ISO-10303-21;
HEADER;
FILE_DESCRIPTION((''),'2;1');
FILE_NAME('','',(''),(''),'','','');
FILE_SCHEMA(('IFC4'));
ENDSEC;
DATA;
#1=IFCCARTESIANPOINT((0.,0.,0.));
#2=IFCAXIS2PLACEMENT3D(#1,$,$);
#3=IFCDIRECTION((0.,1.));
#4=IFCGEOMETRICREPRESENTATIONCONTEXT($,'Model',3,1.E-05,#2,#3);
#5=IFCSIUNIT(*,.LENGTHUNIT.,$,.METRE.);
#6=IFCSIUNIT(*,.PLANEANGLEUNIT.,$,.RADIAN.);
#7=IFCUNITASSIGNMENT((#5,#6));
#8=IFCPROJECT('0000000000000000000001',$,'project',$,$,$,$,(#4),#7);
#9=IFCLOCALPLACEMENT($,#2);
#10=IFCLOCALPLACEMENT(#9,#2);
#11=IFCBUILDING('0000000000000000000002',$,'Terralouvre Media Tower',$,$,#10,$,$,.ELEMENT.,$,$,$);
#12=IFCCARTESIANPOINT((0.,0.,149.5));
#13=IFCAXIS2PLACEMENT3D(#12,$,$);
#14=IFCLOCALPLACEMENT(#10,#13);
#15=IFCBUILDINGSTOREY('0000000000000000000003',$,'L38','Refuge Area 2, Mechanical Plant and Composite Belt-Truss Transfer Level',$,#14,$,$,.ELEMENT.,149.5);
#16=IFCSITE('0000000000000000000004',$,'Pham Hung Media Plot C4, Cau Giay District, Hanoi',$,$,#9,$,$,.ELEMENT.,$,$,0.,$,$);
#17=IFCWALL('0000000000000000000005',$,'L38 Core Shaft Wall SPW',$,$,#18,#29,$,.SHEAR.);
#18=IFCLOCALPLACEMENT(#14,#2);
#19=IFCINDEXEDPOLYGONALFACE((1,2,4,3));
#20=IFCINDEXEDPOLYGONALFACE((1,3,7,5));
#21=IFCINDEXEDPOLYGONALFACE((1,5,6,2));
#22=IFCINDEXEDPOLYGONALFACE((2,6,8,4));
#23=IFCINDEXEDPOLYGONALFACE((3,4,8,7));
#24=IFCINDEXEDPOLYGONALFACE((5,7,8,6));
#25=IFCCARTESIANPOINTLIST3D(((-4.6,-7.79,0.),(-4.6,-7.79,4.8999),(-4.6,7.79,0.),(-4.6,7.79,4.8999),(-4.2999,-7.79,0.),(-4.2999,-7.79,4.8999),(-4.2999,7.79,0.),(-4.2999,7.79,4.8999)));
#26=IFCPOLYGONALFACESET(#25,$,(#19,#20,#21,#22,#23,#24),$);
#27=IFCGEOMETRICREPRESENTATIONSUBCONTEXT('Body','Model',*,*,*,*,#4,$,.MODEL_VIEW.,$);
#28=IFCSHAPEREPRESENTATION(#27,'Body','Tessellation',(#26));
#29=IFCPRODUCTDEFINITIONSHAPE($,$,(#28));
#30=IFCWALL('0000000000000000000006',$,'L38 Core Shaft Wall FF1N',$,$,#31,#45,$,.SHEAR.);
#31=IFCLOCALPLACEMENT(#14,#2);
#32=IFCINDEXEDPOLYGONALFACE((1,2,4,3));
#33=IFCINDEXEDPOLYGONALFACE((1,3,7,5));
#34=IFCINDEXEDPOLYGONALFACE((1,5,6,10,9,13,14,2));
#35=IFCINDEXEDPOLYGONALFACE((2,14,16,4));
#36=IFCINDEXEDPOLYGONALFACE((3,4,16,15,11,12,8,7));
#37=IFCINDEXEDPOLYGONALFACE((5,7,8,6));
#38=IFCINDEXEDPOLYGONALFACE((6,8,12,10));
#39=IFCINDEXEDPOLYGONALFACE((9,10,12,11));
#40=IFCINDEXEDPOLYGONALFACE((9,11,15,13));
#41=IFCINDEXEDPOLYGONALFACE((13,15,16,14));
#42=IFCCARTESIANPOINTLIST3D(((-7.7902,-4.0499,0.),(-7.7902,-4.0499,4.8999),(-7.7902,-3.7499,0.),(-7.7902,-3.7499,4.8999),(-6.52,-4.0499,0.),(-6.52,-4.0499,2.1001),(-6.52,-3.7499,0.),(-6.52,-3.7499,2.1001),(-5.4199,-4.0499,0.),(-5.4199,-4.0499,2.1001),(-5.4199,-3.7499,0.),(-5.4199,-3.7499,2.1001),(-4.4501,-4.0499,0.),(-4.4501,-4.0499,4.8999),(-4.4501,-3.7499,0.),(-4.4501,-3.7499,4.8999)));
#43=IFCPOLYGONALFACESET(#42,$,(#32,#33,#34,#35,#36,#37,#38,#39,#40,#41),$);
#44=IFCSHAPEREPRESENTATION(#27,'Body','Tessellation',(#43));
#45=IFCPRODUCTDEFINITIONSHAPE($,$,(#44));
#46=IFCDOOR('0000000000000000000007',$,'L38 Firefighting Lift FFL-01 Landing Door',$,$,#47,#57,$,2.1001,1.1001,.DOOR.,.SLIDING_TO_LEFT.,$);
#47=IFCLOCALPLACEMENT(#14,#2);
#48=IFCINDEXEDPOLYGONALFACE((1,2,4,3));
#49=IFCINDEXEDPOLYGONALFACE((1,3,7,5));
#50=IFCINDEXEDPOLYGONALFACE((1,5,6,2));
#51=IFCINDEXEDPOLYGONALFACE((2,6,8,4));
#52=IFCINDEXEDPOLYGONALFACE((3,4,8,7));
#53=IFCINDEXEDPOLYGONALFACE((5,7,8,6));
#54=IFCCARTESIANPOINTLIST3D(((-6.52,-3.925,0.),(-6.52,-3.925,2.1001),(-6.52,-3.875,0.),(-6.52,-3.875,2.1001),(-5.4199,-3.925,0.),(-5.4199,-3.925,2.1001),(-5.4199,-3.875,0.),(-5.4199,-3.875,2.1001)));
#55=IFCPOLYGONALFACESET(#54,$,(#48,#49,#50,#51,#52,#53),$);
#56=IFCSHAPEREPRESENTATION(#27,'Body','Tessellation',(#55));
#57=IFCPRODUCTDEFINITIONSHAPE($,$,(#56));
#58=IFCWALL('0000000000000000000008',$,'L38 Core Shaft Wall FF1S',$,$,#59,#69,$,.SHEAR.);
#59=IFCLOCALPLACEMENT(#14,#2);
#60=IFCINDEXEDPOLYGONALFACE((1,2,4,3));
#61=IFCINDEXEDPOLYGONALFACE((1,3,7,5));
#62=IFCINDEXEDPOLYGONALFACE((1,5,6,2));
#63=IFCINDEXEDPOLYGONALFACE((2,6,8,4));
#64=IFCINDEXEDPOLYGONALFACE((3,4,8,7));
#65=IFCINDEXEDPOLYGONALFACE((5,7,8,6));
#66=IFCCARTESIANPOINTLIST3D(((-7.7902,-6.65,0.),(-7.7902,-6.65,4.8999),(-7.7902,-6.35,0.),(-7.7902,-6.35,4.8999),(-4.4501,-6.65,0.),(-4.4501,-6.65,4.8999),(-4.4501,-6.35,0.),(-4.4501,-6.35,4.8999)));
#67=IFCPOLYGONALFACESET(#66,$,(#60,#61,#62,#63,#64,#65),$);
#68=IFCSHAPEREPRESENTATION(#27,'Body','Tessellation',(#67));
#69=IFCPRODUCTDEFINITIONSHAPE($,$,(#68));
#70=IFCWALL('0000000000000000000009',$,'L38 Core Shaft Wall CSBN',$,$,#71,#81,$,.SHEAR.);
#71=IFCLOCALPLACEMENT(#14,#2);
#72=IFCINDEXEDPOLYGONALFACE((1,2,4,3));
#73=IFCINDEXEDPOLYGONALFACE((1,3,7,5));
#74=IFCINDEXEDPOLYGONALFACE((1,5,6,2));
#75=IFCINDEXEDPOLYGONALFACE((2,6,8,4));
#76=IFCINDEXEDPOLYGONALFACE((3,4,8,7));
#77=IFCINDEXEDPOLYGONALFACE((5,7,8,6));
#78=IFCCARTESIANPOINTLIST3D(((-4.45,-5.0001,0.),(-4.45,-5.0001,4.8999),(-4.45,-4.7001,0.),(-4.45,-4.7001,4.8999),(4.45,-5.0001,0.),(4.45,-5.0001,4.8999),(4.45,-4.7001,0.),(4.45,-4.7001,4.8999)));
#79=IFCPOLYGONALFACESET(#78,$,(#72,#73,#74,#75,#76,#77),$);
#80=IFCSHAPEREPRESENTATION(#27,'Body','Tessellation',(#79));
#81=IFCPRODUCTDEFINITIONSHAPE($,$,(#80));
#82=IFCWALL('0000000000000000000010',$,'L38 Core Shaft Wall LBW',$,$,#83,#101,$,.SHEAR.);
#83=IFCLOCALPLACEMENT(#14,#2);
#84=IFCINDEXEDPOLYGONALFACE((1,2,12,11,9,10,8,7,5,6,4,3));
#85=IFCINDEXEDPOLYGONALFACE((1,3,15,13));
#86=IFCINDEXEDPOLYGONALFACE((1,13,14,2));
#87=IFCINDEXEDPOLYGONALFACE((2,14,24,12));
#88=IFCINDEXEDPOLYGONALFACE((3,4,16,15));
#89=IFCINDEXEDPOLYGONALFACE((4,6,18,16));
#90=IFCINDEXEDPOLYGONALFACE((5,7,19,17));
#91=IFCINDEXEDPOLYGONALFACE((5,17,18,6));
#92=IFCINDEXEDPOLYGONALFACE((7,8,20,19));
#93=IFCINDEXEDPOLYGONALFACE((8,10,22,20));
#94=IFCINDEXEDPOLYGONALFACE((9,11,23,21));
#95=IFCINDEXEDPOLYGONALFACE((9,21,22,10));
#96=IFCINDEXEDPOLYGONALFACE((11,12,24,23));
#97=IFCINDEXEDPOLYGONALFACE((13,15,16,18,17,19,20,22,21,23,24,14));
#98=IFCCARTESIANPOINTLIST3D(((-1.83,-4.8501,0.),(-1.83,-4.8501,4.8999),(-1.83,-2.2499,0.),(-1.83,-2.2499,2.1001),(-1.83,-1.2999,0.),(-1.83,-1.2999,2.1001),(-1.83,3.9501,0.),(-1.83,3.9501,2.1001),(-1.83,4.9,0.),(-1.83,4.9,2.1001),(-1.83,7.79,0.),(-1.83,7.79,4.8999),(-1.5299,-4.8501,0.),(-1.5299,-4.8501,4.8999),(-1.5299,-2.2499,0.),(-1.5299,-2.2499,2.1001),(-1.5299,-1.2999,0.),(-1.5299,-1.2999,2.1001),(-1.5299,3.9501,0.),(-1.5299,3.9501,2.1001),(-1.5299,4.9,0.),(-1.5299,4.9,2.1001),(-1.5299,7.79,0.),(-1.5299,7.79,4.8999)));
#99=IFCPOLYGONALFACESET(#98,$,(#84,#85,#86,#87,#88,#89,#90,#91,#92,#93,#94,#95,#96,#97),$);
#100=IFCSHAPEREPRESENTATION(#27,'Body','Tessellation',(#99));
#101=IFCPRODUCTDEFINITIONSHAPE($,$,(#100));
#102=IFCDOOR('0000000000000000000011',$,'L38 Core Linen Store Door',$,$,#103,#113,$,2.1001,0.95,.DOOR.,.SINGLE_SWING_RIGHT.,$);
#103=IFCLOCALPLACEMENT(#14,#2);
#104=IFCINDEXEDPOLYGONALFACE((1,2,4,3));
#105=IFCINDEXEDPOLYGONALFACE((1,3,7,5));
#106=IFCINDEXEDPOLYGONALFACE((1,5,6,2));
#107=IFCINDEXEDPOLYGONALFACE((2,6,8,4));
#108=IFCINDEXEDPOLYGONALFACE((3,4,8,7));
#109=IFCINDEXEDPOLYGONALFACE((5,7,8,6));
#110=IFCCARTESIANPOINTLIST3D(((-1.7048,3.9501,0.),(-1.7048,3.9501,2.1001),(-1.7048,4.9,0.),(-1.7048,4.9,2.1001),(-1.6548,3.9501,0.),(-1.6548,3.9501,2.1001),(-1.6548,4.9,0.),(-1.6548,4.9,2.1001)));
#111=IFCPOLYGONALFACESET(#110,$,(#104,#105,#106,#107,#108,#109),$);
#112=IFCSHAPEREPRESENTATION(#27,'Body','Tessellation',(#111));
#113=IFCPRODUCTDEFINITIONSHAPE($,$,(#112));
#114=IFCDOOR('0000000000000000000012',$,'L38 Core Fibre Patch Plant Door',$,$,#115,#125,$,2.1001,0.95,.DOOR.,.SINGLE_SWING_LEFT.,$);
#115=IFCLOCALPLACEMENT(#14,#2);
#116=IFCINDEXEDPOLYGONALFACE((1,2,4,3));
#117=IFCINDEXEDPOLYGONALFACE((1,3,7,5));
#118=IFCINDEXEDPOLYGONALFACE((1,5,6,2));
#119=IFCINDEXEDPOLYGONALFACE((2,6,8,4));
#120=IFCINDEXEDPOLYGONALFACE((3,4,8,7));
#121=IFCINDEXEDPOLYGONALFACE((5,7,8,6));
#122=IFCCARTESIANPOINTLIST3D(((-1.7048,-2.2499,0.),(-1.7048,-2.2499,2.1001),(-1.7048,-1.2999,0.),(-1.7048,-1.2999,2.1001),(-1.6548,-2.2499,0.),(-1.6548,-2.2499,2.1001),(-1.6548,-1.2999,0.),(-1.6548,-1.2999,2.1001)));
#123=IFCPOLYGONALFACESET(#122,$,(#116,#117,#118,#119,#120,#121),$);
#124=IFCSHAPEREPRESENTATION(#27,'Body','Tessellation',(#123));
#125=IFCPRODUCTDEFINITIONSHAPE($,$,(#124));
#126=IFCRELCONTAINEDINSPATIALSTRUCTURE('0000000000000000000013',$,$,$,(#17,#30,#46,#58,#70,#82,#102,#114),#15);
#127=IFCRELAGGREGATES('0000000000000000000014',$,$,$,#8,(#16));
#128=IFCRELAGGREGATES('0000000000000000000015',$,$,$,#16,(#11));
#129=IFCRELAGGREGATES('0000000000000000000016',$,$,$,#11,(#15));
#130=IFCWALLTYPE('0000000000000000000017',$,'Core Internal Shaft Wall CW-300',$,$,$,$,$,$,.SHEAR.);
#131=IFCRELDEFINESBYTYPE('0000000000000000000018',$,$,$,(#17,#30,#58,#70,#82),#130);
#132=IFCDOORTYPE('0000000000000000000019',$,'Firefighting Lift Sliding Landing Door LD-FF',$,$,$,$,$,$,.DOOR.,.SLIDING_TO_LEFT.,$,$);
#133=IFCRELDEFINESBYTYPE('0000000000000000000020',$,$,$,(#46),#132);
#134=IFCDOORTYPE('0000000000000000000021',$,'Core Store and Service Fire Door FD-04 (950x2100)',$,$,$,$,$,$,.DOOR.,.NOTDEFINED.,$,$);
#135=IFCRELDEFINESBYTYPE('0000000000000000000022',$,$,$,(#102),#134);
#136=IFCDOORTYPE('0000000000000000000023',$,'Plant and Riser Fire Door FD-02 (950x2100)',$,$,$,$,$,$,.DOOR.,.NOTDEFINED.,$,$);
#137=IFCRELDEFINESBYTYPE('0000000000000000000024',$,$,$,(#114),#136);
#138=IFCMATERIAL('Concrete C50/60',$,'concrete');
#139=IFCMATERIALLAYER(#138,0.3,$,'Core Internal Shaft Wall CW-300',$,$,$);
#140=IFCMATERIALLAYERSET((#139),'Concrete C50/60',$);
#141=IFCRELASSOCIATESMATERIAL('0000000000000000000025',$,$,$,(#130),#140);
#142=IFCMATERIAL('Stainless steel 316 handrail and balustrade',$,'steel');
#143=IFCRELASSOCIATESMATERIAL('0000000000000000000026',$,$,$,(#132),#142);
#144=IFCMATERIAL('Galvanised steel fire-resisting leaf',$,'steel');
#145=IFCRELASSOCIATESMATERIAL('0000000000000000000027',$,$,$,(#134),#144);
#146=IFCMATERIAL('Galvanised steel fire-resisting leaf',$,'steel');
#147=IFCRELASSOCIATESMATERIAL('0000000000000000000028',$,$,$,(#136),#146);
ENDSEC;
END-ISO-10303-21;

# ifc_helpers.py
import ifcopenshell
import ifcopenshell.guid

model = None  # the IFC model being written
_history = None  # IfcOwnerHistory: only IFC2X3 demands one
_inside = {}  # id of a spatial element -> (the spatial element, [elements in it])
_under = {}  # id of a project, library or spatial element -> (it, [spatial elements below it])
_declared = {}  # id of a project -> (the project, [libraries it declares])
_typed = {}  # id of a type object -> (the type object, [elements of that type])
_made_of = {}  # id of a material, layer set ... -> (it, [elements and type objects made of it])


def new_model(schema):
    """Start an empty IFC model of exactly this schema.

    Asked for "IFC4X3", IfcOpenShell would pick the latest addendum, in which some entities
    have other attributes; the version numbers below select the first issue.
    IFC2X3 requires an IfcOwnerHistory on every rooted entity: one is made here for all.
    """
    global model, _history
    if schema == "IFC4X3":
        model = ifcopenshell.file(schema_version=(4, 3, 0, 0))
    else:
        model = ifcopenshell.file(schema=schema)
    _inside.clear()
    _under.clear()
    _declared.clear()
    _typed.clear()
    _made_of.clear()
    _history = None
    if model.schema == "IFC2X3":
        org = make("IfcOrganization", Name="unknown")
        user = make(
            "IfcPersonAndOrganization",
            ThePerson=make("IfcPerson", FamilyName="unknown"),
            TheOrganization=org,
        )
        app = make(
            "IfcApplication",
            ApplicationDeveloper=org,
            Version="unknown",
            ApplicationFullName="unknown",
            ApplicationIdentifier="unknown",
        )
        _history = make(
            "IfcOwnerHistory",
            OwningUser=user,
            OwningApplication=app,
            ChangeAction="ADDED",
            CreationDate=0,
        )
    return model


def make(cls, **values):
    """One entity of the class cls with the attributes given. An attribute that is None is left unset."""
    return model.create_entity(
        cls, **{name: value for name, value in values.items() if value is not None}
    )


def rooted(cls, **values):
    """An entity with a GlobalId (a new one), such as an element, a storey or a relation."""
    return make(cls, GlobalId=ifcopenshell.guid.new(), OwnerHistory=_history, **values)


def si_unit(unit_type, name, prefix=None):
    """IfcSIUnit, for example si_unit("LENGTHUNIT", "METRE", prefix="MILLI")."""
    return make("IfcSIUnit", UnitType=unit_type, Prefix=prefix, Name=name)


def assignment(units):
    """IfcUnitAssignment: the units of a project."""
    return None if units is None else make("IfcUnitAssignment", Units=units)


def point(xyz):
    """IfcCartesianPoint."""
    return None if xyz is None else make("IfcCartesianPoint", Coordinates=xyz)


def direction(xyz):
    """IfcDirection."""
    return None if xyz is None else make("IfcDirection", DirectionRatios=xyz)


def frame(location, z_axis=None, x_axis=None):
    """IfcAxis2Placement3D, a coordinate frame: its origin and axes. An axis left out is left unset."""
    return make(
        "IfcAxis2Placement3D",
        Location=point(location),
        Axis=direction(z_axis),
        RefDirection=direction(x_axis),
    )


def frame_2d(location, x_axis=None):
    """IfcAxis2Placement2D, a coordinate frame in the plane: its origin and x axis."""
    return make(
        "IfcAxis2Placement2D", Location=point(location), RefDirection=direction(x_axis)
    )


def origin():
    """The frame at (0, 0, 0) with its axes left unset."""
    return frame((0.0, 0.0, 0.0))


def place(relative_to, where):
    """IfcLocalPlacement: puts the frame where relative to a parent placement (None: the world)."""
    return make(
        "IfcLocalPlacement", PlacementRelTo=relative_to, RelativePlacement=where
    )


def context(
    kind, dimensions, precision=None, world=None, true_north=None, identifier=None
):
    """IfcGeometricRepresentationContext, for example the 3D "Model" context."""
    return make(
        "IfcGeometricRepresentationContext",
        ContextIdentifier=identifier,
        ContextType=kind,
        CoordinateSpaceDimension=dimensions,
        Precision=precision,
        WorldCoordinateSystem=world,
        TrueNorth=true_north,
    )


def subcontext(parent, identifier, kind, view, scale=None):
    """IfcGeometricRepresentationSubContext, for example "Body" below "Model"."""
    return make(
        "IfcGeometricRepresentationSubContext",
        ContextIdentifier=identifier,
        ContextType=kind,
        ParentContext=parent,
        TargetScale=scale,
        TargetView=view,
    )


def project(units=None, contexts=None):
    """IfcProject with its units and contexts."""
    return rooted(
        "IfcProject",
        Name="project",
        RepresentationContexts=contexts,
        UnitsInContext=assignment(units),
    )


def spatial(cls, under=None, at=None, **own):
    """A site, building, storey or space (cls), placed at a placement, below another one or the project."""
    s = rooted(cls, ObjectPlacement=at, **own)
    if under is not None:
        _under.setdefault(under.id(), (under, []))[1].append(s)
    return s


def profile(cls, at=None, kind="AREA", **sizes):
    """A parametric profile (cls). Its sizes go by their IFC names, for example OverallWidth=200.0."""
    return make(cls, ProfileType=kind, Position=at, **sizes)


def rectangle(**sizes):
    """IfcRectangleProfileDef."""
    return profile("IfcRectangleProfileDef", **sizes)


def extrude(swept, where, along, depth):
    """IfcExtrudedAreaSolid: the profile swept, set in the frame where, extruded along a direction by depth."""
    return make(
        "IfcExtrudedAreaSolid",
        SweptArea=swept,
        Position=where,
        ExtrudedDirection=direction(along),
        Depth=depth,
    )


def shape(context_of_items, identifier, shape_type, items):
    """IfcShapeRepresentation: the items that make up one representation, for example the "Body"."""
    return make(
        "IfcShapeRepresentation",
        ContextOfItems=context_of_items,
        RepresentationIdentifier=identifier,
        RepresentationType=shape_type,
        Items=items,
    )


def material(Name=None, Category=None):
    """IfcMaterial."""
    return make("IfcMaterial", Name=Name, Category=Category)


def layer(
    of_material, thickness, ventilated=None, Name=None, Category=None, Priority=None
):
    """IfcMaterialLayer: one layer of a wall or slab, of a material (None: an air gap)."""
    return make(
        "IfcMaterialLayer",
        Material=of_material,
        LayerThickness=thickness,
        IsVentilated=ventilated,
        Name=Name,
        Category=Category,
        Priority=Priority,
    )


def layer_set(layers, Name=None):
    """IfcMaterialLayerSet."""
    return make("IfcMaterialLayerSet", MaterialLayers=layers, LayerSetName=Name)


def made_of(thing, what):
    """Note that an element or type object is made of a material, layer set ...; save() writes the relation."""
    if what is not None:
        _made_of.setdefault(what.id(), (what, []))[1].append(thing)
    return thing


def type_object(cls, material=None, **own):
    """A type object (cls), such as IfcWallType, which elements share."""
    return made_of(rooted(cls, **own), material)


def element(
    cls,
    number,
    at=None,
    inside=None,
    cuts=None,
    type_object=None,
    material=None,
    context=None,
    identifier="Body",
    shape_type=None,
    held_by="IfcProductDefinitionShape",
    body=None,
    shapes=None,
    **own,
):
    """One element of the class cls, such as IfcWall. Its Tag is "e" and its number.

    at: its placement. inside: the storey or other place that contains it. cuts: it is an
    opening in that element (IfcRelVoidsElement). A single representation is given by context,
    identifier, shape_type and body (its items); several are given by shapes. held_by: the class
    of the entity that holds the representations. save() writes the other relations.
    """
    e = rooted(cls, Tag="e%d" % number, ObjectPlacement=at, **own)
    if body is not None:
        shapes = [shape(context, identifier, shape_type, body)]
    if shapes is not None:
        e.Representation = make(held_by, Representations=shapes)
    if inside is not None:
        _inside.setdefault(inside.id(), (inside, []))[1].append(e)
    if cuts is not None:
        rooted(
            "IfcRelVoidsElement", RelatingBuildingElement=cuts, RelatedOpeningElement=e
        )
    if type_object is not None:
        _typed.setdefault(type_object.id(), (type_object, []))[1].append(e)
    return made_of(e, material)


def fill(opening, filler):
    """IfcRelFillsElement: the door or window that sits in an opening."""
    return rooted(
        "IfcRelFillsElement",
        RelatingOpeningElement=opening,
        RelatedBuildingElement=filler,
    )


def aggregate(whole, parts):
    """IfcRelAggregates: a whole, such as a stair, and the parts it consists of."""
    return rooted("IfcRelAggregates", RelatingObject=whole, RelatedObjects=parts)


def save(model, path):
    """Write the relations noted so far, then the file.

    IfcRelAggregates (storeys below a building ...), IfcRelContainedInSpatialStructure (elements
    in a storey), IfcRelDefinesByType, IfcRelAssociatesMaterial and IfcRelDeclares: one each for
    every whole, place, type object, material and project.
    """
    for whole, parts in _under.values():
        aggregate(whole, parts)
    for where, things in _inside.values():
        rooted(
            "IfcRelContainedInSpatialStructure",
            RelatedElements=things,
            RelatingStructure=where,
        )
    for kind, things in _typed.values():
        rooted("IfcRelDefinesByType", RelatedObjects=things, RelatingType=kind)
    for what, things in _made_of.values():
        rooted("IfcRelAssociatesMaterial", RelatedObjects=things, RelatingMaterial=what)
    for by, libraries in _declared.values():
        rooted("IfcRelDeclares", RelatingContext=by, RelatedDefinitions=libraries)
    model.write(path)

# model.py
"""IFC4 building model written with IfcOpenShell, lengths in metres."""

from ifc_helpers import new_model, si_unit, direction, frame, frame_2d, origin, place, context, subcontext, project, spatial, rectangle, extrude, material, layer, layer_set, type_object, element, fill, save


model = new_model("IFC4")

# Units and contexts
model_context = context("Model", 3, precision=1e-05, world=origin(), true_north=direction((0.0, 1.0)))
body_context = subcontext(model_context, "Body", "Model", "MODEL_VIEW")
ifc_project = project(units=[si_unit("LENGTHUNIT", "METRE"), si_unit("PLANEANGLEUNIT", "RADIAN")], contexts=[model_context])

# Site, building, storey
site_placement = place(None, origin())
site = spatial("IfcSite", under=ifc_project, at=site_placement, Name="Pham Hung Media Plot C4, Cau Giay District, Hanoi", CompositionType="ELEMENT", RefElevation=0.0)
building_placement = place(site_placement, origin())
building = spatial("IfcBuilding", under=site, at=building_placement, Name="Terralouvre Media Tower", CompositionType="ELEMENT")
storey_placement = place(building_placement, frame((0.0, 0.0, 149.5)))
storey = spatial("IfcBuildingStorey", under=building, at=storey_placement, Name="L38", Description="Refuge Area 2, Mechanical Plant and Composite Belt-Truss Transfer Level", CompositionType="ELEMENT", Elevation=149.5)

# Wall
ifc_material_1 = material(Name="Concrete C50/60", Category="concrete")
ifc_layer_1 = layer(ifc_material_1, 0.3, Name="Core Internal Shaft Wall CW-300")
ifc_layer_set_1 = layer_set([ifc_layer_1], Name="Concrete C50/60")
wall_type_1 = type_object("IfcWallType", Name="Core Internal Shaft Wall CW-300", PredefinedType="SHEAR", material=ifc_layer_set_1)
wall_1_placement = place(storey_placement, frame((-4.45, -7.79, 0.0), z_axis=(0.0, 0.0, 1.0), x_axis=(0.0, 1.0, 0.0)))
element("IfcWall", 1, at=wall_1_placement, inside=storey, type_object=wall_type_1, Name="L38 Core Shaft Wall SPW", PredefinedType="SHEAR", context=body_context, shape_type="SweptSolid", body=[
    extrude(rectangle(XDim=15.5801, YDim=0.3, at=frame_2d((7.79, 0.0))), origin(), (0.0, 0.0, 1.0), 4.8999),
])

# Wall, opening, door
wall_2_placement = place(storey_placement, frame((-7.79, -3.8999, 0.0), z_axis=(0.0, 0.0, 1.0), x_axis=(1.0, 0.0, 0.0)))
wall_2 = element("IfcWall", 2, at=wall_2_placement, inside=storey, type_object=wall_type_1, Name="L38 Core Shaft Wall FF1N", PredefinedType="SHEAR", context=body_context, shape_type="SweptSolid", body=[
    extrude(rectangle(XDim=3.3401, YDim=0.3, at=frame_2d((1.6699, 0.0))), origin(), (0.0, 0.0, 1.0), 4.8999),
])
opening_1_placement = place(wall_2_placement, frame((1.27, 0.0, 0.0)))
opening_1 = element("IfcOpeningElement", 3, at=opening_1_placement, cuts=wall_2, PredefinedType="OPENING", context=body_context, shape_type="SweptSolid", body=[
    extrude(rectangle(XDim=1.1001, YDim=2.1001, at=frame_2d((0.55, 1.05))), frame((0.0, 0.1599, 0.0), z_axis=(0.0, -1.0, 0.0), x_axis=(1.0, 0.0, 0.0)), (0.0, 0.0, 1.0), 0.3201),
])
ifc_material_2 = material(Name="Stainless steel 316 handrail and balustrade", Category="steel")
door_type_1 = type_object("IfcDoorType", Name="Firefighting Lift Sliding Landing Door LD-FF", OperationType="SLIDING_TO_LEFT", PredefinedType="DOOR", material=ifc_material_2)
door_1_placement = place(opening_1_placement, origin())
door_1 = element("IfcDoor", 4, at=door_1_placement, inside=storey, type_object=door_type_1, Name="L38 Firefighting Lift FFL-01 Landing Door", OperationType="SLIDING_TO_LEFT", OverallHeight=2.1001, OverallWidth=1.1001, PredefinedType="DOOR", context=body_context, shape_type="SweptSolid", body=[
    extrude(rectangle(XDim=1.1001, YDim=2.1001, at=frame_2d((0.55, 1.05))), frame((0.0, 0.0249, 0.0), z_axis=(0.0, -1.0, 0.0), x_axis=(1.0, 0.0, 0.0)), (0.0, 0.0, 1.0), 0.05),
])
fill(opening_1, door_1)

# Walls
wall_3_placement = place(storey_placement, frame((-7.79, -6.5, 0.0), z_axis=(0.0, 0.0, 1.0), x_axis=(1.0, 0.0, 0.0)))
element("IfcWall", 5, at=wall_3_placement, inside=storey, type_object=wall_type_1, Name="L38 Core Shaft Wall FF1S", PredefinedType="SHEAR", context=body_context, shape_type="SweptSolid", body=[
    extrude(rectangle(XDim=3.3401, YDim=0.3, at=frame_2d((1.6699, 0.0))), origin(), (0.0, 0.0, 1.0), 4.8999),
])
wall_4_placement = place(storey_placement, frame((-4.45, -4.8501, 0.0), z_axis=(0.0, 0.0, 1.0), x_axis=(1.0, 0.0, 0.0)))
element("IfcWall", 6, at=wall_4_placement, inside=storey, type_object=wall_type_1, Name="L38 Core Shaft Wall CSBN", PredefinedType="SHEAR", context=body_context, shape_type="SweptSolid", body=[
    extrude(rectangle(XDim=8.8999, YDim=0.3, at=frame_2d((4.45, 0.0))), origin(), (0.0, 0.0, 1.0), 4.8999),
])

# Wall, openings, doors
wall_5_placement = place(storey_placement, frame((-1.6799, -4.8501, 0.0), z_axis=(0.0, 0.0, 1.0), x_axis=(0.0, 1.0, 0.0)))
wall_5 = element("IfcWall", 7, at=wall_5_placement, inside=storey, type_object=wall_type_1, Name="L38 Core Shaft Wall LBW", PredefinedType="SHEAR", context=body_context, shape_type="SweptSolid", body=[
    extrude(rectangle(XDim=12.6401, YDim=0.3, at=frame_2d((6.3201, 0.0))), origin(), (0.0, 0.0, 1.0), 4.8999),
])
opening_2_placement = place(wall_5_placement, frame((2.6001, 0.0, 0.0)))
opening_2 = element("IfcOpeningElement", 8, at=opening_2_placement, cuts=wall_5, PredefinedType="OPENING", context=body_context, shape_type="SweptSolid", body=[
    extrude(rectangle(XDim=0.95, YDim=2.1001, at=frame_2d((0.4751, 1.05))), frame((0.0, 0.1599, 0.0), z_axis=(0.0, -1.0, 0.0), x_axis=(1.0, 0.0, 0.0)), (0.0, 0.0, 1.0), 0.3201),
])
opening_3_placement = place(wall_5_placement, frame((8.8, 0.0, 0.0)))
opening_3 = element("IfcOpeningElement", 9, at=opening_3_placement, cuts=wall_5, PredefinedType="OPENING", context=body_context, shape_type="SweptSolid", body=[
    extrude(rectangle(XDim=0.95, YDim=2.1001, at=frame_2d((0.4751, 1.05))), frame((0.0, 0.1599, 0.0), z_axis=(0.0, -1.0, 0.0), x_axis=(1.0, 0.0, 0.0)), (0.0, 0.0, 1.0), 0.3201),
])
ifc_material_3 = material(Name="Galvanised steel fire-resisting leaf", Category="steel")
door_type_2 = type_object("IfcDoorType", Name="Core Store and Service Fire Door FD-04 (950x2100)", OperationType="NOTDEFINED", PredefinedType="DOOR", material=ifc_material_3)
door_2_placement = place(opening_3_placement, origin())
door_2 = element("IfcDoor", 10, at=door_2_placement, inside=storey, type_object=door_type_2, Name="L38 Core Linen Store Door", OperationType="SINGLE_SWING_RIGHT", OverallHeight=2.1001, OverallWidth=0.95, PredefinedType="DOOR", context=body_context, shape_type="SweptSolid", body=[
    extrude(rectangle(XDim=0.95, YDim=2.1001, at=frame_2d((0.4751, 1.05))), frame((0.0, 0.0249, 0.0), z_axis=(0.0, -1.0, 0.0), x_axis=(1.0, 0.0, 0.0)), (0.0, 0.0, 1.0), 0.05),
])
fill(opening_3, door_2)
ifc_material_4 = material(Name="Galvanised steel fire-resisting leaf", Category="steel")
door_type_3 = type_object("IfcDoorType", Name="Plant and Riser Fire Door FD-02 (950x2100)", OperationType="NOTDEFINED", PredefinedType="DOOR", material=ifc_material_4)
door_3_placement = place(opening_2_placement, origin())
door_3 = element("IfcDoor", 11, at=door_3_placement, inside=storey, type_object=door_type_3, Name="L38 Core Fibre Patch Plant Door", OperationType="SINGLE_SWING_LEFT", OverallHeight=2.1001, OverallWidth=0.95, PredefinedType="DOOR", context=body_context, shape_type="SweptSolid", body=[
    extrude(rectangle(XDim=0.95, YDim=2.1001, at=frame_2d((0.4751, 1.05))), frame((0.0, 0.0249, 0.0), z_axis=(0.0, -1.0, 0.0), x_axis=(1.0, 0.0, 0.0)), (0.0, 0.0, 1.0), 0.05),
])
fill(opening_2, door_3)

save(model, "model.ifc")
